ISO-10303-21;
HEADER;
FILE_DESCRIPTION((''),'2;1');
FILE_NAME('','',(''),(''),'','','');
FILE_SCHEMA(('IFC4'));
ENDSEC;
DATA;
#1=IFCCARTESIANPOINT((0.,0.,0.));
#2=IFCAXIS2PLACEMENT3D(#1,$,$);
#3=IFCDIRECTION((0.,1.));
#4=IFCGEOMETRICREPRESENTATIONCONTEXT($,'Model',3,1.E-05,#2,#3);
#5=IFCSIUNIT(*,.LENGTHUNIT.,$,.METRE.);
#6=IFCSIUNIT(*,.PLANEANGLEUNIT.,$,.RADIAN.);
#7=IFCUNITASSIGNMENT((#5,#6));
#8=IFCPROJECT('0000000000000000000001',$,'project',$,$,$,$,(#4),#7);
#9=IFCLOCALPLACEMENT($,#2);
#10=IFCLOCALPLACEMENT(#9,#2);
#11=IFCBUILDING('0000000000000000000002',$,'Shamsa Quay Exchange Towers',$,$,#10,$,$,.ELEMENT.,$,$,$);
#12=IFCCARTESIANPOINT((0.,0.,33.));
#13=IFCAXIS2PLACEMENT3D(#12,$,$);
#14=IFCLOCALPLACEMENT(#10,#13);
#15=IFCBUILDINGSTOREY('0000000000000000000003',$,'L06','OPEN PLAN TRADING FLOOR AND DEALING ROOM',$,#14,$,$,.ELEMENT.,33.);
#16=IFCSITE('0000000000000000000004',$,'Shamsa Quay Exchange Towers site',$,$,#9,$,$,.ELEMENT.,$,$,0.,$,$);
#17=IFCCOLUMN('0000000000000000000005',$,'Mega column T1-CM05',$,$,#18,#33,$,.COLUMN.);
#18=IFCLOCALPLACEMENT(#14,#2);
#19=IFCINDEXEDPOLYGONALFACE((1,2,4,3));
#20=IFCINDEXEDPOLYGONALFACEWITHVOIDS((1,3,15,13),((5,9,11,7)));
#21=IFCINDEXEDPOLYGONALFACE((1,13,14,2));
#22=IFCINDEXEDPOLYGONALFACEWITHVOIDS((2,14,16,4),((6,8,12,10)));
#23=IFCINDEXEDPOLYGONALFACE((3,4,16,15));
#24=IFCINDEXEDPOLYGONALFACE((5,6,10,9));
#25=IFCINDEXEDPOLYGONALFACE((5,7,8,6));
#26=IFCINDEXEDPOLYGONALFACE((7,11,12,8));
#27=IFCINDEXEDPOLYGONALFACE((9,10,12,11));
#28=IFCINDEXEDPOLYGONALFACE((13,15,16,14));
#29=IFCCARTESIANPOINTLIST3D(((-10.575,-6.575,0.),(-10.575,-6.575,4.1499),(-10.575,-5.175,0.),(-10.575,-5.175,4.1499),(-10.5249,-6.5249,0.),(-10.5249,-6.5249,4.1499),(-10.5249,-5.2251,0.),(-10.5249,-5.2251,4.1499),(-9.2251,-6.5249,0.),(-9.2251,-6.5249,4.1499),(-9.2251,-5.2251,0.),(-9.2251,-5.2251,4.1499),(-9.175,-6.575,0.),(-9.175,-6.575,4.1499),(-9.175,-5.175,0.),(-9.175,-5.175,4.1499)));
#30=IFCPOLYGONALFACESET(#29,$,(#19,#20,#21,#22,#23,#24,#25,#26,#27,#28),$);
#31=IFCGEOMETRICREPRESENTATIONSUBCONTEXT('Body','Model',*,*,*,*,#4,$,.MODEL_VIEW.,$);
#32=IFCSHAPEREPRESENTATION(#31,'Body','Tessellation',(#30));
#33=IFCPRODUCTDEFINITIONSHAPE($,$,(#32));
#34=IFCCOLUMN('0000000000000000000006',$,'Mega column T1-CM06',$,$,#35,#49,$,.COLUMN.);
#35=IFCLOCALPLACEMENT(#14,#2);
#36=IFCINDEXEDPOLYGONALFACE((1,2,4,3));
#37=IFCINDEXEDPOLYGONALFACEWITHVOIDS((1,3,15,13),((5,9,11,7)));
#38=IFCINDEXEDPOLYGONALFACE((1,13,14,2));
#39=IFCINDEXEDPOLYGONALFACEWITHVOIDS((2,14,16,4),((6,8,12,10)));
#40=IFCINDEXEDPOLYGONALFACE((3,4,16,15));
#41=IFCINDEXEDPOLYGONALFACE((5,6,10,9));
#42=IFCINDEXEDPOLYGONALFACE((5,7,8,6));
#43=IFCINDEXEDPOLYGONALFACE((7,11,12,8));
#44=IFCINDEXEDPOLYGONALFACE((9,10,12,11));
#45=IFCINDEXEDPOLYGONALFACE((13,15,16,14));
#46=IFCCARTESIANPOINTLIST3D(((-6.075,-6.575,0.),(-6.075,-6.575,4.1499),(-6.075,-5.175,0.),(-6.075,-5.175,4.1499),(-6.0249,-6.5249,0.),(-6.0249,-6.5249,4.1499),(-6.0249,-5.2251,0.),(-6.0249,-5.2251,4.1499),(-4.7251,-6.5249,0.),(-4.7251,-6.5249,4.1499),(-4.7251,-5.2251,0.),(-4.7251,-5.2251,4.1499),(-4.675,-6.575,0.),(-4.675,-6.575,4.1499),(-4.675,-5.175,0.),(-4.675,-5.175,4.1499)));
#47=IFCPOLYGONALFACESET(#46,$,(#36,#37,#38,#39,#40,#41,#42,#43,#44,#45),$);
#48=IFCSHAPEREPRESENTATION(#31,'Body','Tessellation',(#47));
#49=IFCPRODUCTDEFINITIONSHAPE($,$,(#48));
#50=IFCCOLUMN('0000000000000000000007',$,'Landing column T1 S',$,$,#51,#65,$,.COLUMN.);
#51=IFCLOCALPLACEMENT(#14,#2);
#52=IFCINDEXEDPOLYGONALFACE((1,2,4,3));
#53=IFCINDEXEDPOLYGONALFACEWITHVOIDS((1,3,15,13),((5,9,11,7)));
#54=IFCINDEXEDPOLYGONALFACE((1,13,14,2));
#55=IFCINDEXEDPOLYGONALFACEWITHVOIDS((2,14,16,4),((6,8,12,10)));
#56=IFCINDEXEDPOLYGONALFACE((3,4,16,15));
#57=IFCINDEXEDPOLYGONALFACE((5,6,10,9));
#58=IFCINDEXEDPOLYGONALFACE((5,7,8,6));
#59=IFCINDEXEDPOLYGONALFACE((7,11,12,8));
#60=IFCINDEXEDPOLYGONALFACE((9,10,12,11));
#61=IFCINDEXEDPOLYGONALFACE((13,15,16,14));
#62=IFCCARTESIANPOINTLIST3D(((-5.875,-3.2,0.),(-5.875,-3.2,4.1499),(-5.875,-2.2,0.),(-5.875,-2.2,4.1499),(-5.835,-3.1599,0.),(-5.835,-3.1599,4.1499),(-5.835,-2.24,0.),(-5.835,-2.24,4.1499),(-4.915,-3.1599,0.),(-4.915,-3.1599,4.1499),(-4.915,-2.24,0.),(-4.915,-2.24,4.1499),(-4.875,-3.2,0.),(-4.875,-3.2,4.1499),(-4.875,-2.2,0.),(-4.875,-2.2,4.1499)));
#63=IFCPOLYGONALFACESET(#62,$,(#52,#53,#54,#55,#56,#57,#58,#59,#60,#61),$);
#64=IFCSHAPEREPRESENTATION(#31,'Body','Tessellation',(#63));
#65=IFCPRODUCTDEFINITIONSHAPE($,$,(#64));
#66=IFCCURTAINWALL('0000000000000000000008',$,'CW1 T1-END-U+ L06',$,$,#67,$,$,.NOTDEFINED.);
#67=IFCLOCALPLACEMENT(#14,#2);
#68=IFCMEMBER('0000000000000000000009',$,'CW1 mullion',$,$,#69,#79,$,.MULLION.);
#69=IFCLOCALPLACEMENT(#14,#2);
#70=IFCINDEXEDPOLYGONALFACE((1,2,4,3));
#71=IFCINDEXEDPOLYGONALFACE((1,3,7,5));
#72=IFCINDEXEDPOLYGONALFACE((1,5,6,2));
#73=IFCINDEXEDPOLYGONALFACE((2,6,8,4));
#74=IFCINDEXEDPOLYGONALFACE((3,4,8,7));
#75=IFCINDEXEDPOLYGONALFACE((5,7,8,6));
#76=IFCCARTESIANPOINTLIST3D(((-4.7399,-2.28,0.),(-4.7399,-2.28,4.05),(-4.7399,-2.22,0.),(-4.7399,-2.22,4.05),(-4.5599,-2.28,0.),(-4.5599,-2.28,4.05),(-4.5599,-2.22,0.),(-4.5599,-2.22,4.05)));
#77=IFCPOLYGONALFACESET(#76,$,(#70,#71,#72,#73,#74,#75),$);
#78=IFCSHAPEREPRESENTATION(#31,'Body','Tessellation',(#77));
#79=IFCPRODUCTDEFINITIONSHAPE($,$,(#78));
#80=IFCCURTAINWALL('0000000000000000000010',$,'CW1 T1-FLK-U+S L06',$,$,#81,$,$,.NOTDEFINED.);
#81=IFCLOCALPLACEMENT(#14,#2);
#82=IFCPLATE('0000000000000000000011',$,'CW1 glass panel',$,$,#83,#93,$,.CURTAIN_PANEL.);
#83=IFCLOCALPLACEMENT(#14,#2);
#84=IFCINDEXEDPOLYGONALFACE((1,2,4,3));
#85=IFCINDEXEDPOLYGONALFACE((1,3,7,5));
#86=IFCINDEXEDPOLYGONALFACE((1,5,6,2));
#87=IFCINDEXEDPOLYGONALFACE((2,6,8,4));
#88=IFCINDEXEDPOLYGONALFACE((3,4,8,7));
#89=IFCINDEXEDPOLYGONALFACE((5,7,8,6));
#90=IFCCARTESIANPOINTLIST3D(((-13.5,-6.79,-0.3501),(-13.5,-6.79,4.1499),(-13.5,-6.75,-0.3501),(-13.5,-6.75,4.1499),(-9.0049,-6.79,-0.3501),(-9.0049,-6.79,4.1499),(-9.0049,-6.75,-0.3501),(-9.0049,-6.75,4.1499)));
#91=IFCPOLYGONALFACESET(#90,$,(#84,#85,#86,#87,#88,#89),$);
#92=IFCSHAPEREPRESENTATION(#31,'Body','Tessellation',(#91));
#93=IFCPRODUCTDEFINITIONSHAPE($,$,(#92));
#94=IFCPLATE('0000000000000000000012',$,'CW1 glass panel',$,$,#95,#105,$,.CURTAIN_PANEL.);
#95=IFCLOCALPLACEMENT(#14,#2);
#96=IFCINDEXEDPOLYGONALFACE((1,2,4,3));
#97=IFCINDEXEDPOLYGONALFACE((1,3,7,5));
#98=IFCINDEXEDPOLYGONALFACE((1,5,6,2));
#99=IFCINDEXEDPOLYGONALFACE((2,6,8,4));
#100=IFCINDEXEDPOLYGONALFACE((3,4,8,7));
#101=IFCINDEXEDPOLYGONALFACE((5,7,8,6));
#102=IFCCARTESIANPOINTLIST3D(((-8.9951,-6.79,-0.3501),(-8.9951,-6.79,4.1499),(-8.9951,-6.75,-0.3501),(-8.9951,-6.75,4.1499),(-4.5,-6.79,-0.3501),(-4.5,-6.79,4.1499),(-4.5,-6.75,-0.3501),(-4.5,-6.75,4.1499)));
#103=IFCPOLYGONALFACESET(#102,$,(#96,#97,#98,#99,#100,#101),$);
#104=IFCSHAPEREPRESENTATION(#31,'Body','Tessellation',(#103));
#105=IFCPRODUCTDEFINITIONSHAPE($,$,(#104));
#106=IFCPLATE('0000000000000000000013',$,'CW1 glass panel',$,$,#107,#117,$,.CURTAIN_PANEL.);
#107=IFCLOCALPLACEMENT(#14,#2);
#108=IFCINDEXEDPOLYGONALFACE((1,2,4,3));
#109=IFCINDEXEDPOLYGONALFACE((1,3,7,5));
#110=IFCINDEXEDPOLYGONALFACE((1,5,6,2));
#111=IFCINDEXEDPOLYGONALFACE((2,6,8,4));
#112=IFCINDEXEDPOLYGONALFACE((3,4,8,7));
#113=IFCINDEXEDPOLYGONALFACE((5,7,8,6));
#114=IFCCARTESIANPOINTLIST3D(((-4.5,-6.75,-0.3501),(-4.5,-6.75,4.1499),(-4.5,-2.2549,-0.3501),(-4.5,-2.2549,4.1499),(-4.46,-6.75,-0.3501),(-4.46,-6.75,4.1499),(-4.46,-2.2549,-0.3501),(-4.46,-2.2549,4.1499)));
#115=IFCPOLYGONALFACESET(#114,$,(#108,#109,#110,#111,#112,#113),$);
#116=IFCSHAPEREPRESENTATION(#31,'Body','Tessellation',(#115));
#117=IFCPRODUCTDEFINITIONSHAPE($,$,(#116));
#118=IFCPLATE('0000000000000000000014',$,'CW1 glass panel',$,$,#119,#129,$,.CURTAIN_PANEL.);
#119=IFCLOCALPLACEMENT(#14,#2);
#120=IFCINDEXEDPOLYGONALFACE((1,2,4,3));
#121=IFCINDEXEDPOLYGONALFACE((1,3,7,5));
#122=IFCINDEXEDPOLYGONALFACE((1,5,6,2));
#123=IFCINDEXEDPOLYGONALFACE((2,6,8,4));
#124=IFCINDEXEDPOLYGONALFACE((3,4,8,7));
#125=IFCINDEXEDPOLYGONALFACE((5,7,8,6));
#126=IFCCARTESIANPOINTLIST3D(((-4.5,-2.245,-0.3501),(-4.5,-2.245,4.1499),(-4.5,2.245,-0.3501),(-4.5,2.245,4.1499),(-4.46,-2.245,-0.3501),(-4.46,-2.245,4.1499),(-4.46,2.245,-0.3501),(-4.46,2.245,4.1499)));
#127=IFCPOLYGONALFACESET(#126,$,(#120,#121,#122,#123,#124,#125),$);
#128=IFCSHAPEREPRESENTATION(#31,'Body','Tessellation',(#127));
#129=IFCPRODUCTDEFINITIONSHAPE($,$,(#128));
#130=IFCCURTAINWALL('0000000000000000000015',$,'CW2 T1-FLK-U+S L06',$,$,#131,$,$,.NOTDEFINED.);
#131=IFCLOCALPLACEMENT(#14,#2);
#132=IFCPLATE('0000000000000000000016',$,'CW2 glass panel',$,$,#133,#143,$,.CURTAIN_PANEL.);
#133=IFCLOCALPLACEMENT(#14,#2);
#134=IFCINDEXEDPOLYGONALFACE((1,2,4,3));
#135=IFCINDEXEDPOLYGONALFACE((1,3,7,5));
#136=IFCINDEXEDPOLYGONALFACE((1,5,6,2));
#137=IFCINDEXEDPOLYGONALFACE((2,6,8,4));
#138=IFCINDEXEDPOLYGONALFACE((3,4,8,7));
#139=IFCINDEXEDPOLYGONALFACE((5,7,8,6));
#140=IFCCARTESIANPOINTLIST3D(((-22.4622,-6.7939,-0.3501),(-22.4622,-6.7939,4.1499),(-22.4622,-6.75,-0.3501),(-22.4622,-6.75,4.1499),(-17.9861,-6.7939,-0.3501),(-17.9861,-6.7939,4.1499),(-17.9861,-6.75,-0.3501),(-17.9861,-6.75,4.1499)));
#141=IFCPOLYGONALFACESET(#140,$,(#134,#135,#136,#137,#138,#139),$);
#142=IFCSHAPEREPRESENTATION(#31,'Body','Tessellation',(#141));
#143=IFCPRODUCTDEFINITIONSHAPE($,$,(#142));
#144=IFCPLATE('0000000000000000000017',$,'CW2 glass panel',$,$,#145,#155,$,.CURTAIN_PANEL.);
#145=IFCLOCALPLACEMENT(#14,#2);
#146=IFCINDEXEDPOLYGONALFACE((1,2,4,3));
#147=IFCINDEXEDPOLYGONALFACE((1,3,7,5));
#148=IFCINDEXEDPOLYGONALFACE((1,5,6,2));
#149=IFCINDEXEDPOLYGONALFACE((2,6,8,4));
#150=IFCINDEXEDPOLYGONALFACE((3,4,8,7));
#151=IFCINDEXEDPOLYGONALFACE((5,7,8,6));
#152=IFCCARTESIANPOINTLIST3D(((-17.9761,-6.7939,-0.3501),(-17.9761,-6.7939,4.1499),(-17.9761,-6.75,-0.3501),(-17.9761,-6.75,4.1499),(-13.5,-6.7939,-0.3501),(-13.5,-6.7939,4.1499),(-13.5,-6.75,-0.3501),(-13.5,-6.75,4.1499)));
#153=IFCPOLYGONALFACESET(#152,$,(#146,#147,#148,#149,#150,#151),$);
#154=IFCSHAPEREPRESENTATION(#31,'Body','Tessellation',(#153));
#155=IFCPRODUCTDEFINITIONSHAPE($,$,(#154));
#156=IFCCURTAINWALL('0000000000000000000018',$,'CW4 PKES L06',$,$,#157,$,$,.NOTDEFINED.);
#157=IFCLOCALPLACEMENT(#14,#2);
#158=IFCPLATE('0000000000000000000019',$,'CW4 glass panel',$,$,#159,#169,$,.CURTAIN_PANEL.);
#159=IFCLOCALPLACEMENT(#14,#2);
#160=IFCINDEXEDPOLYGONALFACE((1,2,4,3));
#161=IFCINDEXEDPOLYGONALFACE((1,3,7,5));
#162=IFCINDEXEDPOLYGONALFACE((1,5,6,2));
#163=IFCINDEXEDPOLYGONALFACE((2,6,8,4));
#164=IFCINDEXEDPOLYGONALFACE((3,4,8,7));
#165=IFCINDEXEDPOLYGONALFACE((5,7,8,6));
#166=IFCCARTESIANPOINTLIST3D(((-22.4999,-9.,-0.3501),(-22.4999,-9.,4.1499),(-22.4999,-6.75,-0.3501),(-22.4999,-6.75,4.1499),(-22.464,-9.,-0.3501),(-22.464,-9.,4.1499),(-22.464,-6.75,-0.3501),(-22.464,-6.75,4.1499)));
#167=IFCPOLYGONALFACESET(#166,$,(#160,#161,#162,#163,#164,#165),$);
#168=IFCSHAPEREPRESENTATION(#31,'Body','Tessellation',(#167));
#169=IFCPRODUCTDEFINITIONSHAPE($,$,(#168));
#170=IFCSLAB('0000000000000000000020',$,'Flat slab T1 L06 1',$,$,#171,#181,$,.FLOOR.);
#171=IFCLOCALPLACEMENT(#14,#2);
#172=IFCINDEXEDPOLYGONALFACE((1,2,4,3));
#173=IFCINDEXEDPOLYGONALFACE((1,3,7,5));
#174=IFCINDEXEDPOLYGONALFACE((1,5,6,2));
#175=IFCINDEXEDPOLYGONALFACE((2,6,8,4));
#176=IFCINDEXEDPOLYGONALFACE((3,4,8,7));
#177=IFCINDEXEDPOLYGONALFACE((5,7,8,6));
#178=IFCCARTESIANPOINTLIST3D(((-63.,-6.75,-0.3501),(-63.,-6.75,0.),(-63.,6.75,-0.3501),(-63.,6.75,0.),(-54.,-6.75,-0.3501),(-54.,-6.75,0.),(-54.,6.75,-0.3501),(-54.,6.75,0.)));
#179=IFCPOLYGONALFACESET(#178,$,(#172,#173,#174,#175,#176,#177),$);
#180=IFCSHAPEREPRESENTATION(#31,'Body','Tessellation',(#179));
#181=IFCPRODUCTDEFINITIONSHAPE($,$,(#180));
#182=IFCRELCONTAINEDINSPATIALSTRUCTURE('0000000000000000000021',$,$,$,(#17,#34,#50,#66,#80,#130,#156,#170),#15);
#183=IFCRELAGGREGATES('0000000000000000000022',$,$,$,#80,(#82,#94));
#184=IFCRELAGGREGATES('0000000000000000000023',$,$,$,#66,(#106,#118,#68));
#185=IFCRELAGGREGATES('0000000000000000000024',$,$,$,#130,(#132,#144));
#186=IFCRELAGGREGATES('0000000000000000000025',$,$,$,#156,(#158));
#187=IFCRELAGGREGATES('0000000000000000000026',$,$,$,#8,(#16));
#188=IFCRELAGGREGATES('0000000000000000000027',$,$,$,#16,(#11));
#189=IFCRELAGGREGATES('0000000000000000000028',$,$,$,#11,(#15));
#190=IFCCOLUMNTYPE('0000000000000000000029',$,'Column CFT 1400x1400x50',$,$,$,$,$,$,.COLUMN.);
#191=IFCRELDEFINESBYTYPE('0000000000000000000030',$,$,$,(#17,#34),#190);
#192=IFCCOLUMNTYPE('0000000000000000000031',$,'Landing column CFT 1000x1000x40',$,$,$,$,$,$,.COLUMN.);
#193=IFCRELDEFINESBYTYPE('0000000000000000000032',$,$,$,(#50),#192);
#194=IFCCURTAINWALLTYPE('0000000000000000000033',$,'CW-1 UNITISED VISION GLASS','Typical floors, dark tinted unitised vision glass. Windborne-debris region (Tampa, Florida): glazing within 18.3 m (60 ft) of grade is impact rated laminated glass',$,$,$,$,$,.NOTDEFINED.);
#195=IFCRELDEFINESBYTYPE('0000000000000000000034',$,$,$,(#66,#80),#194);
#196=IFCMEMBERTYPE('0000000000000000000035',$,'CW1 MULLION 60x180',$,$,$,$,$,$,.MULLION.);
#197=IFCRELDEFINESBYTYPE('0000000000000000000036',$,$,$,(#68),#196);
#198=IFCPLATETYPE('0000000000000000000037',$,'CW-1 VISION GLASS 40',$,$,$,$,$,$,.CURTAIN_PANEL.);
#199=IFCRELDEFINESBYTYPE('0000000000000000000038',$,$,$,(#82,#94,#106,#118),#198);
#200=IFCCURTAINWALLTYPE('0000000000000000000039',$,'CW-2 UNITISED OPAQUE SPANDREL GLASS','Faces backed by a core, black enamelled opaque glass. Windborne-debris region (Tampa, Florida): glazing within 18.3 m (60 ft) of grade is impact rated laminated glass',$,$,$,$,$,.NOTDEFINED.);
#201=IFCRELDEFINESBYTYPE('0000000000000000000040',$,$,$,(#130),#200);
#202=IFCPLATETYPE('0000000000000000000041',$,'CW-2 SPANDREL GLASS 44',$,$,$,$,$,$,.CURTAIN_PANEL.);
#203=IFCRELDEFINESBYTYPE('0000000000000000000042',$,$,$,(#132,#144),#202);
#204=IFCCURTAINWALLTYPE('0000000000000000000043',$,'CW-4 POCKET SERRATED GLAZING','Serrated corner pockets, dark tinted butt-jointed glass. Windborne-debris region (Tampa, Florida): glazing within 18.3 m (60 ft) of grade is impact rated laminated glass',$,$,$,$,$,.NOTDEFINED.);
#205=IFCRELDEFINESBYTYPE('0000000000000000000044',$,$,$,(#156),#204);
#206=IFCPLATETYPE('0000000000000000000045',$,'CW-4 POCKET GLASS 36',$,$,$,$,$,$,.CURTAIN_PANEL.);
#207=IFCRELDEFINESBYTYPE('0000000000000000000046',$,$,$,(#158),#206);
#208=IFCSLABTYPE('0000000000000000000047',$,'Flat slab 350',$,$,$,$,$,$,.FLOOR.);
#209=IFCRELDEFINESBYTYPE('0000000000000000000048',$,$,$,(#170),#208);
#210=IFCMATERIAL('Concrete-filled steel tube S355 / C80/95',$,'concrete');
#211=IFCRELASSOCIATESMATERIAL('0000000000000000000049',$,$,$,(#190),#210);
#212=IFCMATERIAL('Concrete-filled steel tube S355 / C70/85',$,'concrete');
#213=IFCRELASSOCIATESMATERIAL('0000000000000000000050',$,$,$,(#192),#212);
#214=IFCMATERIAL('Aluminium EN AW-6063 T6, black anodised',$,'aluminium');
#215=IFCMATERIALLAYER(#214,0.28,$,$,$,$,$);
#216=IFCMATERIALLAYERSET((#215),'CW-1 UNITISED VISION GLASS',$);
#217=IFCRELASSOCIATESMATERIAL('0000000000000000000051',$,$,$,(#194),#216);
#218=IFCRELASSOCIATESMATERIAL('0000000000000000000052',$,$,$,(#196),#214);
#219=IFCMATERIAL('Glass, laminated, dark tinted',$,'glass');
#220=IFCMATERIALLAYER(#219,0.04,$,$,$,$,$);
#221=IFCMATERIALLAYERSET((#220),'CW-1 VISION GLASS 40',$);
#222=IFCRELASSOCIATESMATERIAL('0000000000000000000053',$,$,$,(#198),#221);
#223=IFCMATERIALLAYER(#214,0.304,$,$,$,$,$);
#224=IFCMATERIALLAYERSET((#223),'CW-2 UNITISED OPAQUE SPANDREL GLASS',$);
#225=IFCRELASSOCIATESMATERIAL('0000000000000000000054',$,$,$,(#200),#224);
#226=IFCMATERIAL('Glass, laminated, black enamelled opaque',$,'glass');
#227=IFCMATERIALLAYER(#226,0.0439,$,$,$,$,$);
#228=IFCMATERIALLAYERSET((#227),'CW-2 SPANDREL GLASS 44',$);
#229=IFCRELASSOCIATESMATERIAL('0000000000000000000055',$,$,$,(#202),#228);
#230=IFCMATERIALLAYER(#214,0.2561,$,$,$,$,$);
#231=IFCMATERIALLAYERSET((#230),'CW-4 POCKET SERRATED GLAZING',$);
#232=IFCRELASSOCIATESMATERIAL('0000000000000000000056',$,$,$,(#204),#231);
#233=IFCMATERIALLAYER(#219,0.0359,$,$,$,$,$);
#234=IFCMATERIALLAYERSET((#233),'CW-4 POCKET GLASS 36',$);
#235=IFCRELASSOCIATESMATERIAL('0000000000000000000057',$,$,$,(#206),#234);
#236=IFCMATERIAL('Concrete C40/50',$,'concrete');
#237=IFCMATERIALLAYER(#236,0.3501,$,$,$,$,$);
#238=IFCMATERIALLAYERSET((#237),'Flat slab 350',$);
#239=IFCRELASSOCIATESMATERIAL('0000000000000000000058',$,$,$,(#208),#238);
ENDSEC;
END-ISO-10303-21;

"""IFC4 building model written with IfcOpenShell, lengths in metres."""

from ifc_helpers import new_model, si_unit, direction, frame, origin, origin_2d, place, context, subcontext, project, spatial, polyline, rectangle, hollow_rectangle, outline, extrude, material, layer, layer_set, material_profile, profile_set, type_object, element, aggregate, save


model = new_model("IFC4")

# Units and contexts
model_context = context("Model", 3, precision=1e-05, world=origin(), true_north=direction((0.0, 1.0)))
body_context = subcontext(model_context, "Body", "Model", "MODEL_VIEW")
ifc_project = project(units=[si_unit("LENGTHUNIT", "METRE"), si_unit("PLANEANGLEUNIT", "RADIAN")], contexts=[model_context])

# Site, building, storey
site_placement = place(None, origin())
site = spatial("IfcSite", under=ifc_project, at=site_placement, Name="Shamsa Quay Exchange Towers site", CompositionType="ELEMENT", RefElevation=0.0)
building_placement = place(site_placement, origin())
building = spatial("IfcBuilding", under=site, at=building_placement, Name="Shamsa Quay Exchange Towers", CompositionType="ELEMENT")
storey_placement = place(building_placement, frame((0.0, 0.0, 33.0)))
storey = spatial("IfcBuildingStorey", under=building, at=storey_placement, Name="L06", Description="OPEN PLAN TRADING FLOOR AND DEALING ROOM", CompositionType="ELEMENT", Elevation=33.0)

# Columns
ifc_material_1 = material(Name="Concrete-filled steel tube S355 / C80/95", Category="concrete")
ifc_material_profile_1 = material_profile(ifc_material_1, hollow_rectangle(XDim=1.3999, YDim=1.3999, WallThickness=0.05, at=origin_2d()), Name="CFT 1400x1400x50")
ifc_profile_set_1 = profile_set([ifc_material_profile_1], Name="Concrete-filled steel tube S355 / C80/95")
column_type_1 = type_object("IfcColumnType", Name="Column CFT 1400x1400x50", PredefinedType="COLUMN", material=ifc_profile_set_1)
for number, where, name in (
    (1, (-9.875, -5.875, 0.0), "Mega column T1-CM05"),
    (2, (-5.375, -5.875, 0.0), "Mega column T1-CM06"),
):
    element("IfcColumn", number, at=place(storey_placement, frame(where)), inside=storey, type_object=column_type_1, Name=name, PredefinedType="COLUMN", context=body_context, shape_type="SweptSolid", body=[
        extrude(hollow_rectangle(XDim=1.3999, YDim=1.3999, WallThickness=0.05, at=origin_2d()), origin(), (0.0, 0.0, 1.0), 4.1499),
    ])
ifc_material_2 = material(Name="Concrete-filled steel tube S355 / C70/85", Category="concrete")
ifc_material_profile_2 = material_profile(ifc_material_2, hollow_rectangle(XDim=1.0, YDim=1.0, WallThickness=0.04, at=origin_2d()), Name="CFT 1000x1000x40")
ifc_profile_set_2 = profile_set([ifc_material_profile_2], Name="Concrete-filled steel tube S355 / C70/85")
column_type_2 = type_object("IfcColumnType", Name="Landing column CFT 1000x1000x40", PredefinedType="COLUMN", material=ifc_profile_set_2)
column_placement = place(storey_placement, frame((-5.375, -2.7, 0.0)))
element("IfcColumn", 3, at=column_placement, inside=storey, type_object=column_type_2, Name="Landing column T1 S", PredefinedType="COLUMN", context=body_context, shape_type="SweptSolid", body=[
    extrude(hollow_rectangle(XDim=1.0, YDim=1.0, WallThickness=0.04, at=origin_2d()), origin(), (0.0, 0.0, 1.0), 4.1499),
])

# Curtain wall, member
ifc_material_3 = material(Name="Aluminium EN AW-6063 T6, black anodised", Category="aluminium")
ifc_layer_1 = layer(ifc_material_3, 0.28)
ifc_layer_set_1 = layer_set([ifc_layer_1], Name="CW-1 UNITISED VISION GLASS")
curtain_wall_type_1 = type_object("IfcCurtainWallType", Name="CW-1 UNITISED VISION GLASS", Description="Typical floors, dark tinted unitised vision glass. Windborne-debris region (Tampa, Florida): glazing within 18.3 m (60 ft) of grade is impact rated laminated glass", PredefinedType="NOTDEFINED", material=ifc_layer_set_1)
curtain_wall_1_placement = place(storey_placement, origin())
curtain_wall_1 = element("IfcCurtainWall", 4, at=curtain_wall_1_placement, inside=storey, type_object=curtain_wall_type_1, Name="CW1 T1-END-U+ L06", PredefinedType="NOTDEFINED")
ifc_material_profile_3 = material_profile(ifc_material_3, rectangle(XDim=0.1799, YDim=0.0601, at=origin_2d()), Name="MU60x180")
ifc_profile_set_3 = profile_set([ifc_material_profile_3], Name="Aluminium EN AW-6063 T6, black anodised")
member_type = type_object("IfcMemberType", Name="CW1 MULLION 60x180", PredefinedType="MULLION", material=ifc_profile_set_3)
member_placement = place(storey_placement, frame((-4.6499, -2.25, 0.0), z_axis=(0.0, 0.0, 1.0), x_axis=(-1.0, 0.0, 0.0)))
member = element("IfcMember", 5, at=member_placement, type_object=member_type, Name="CW1 mullion", PredefinedType="MULLION", context=body_context, shape_type="SweptSolid", body=[
    extrude(rectangle(XDim=0.1799, YDim=0.0601, at=origin_2d()), origin(), (0.0, 0.0, 1.0), 4.05),
])

# Curtain wall, plates
curtain_wall_2_placement = place(storey_placement, origin())
curtain_wall_2 = element("IfcCurtainWall", 6, at=curtain_wall_2_placement, inside=storey, type_object=curtain_wall_type_1, Name="CW1 T1-FLK-U+S L06", PredefinedType="NOTDEFINED")
ifc_material_4 = material(Name="Glass, laminated, dark tinted", Category="glass")
ifc_layer_2 = layer(ifc_material_4, 0.04)
ifc_layer_set_2 = layer_set([ifc_layer_2], Name="CW-1 VISION GLASS 40")
plate_type_1 = type_object("IfcPlateType", Name="CW-1 VISION GLASS 40", PredefinedType="CURTAIN_PANEL", material=ifc_layer_set_2)
plate_1_placement = place(storey_placement, frame((-11.2524, -6.77, -0.3501)))
plate_1 = element("IfcPlate", 7, at=plate_1_placement, type_object=plate_type_1, Name="CW1 glass panel", PredefinedType="CURTAIN_PANEL", context=body_context, shape_type="SweptSolid", body=[
    extrude(rectangle(XDim=4.4951, YDim=0.04, at=origin_2d()), origin(), (0.0, 0.0, 1.0), 4.5),
])
plate_2_placement = place(storey_placement, frame((-6.7476, -6.77, -0.3501)))
plate_2 = element("IfcPlate", 8, at=plate_2_placement, type_object=plate_type_1, Name="CW1 glass panel", PredefinedType="CURTAIN_PANEL", context=body_context, shape_type="SweptSolid", body=[
    extrude(rectangle(XDim=4.4951, YDim=0.04, at=origin_2d()), origin(), (0.0, 0.0, 1.0), 4.5),
])
aggregate(curtain_wall_2, [plate_1, plate_2])

# Plates
plate_3_placement = place(storey_placement, frame((-4.48, -4.5024, -0.3501), z_axis=(0.0, 0.0, 1.0), x_axis=(0.0, 1.0, 0.0)))
plate_3 = element("IfcPlate", 9, at=plate_3_placement, type_object=plate_type_1, Name="CW1 glass panel", PredefinedType="CURTAIN_PANEL", context=body_context, shape_type="SweptSolid", body=[
    extrude(rectangle(XDim=4.4951, YDim=0.04, at=origin_2d()), origin(), (0.0, 0.0, 1.0), 4.5),
])
plate_4_placement = place(storey_placement, frame((-4.48, 0.0, -0.3501), z_axis=(0.0, 0.0, 1.0), x_axis=(0.0, 1.0, 0.0)))
plate_4 = element("IfcPlate", 10, at=plate_4_placement, type_object=plate_type_1, Name="CW1 glass panel", PredefinedType="CURTAIN_PANEL", context=body_context, shape_type="SweptSolid", body=[
    extrude(rectangle(XDim=4.49, YDim=0.04, at=origin_2d()), origin(), (0.0, 0.0, 1.0), 4.5),
])
aggregate(curtain_wall_1, [plate_3, plate_4, member])

# Curtain wall, plates
ifc_layer_3 = layer(ifc_material_3, 0.304)
ifc_layer_set_3 = layer_set([ifc_layer_3], Name="CW-2 UNITISED OPAQUE SPANDREL GLASS")
curtain_wall_type_2 = type_object("IfcCurtainWallType", Name="CW-2 UNITISED OPAQUE SPANDREL GLASS", Description="Faces backed by a core, black enamelled opaque glass. Windborne-debris region (Tampa, Florida): glazing within 18.3 m (60 ft) of grade is impact rated laminated glass", PredefinedType="NOTDEFINED", material=ifc_layer_set_3)
curtain_wall_3_placement = place(storey_placement, origin())
curtain_wall_3 = element("IfcCurtainWall", 11, at=curtain_wall_3_placement, inside=storey, type_object=curtain_wall_type_2, Name="CW2 T1-FLK-U+S L06", PredefinedType="NOTDEFINED")
ifc_material_5 = material(Name="Glass, laminated, black enamelled opaque", Category="glass")
ifc_layer_4 = layer(ifc_material_5, 0.0439)
ifc_layer_set_4 = layer_set([ifc_layer_4], Name="CW-2 SPANDREL GLASS 44")
plate_type_2 = type_object("IfcPlateType", Name="CW-2 SPANDREL GLASS 44", PredefinedType="CURTAIN_PANEL", material=ifc_layer_set_4)
plate_5_placement = place(storey_placement, frame((-20.2241, -6.772, -0.3501)))
plate_5 = element("IfcPlate", 12, at=plate_5_placement, type_object=plate_type_2, Name="CW2 glass panel", PredefinedType="CURTAIN_PANEL", context=body_context, shape_type="SweptSolid", body=[
    extrude(rectangle(XDim=4.4761, YDim=0.0439, at=origin_2d()), origin(), (0.0, 0.0, 1.0), 4.5),
])
plate_6_placement = place(storey_placement, frame((-15.738, -6.772, -0.3501)))
plate_6 = element("IfcPlate", 13, at=plate_6_placement, type_object=plate_type_2, Name="CW2 glass panel", PredefinedType="CURTAIN_PANEL", context=body_context, shape_type="SweptSolid", body=[
    extrude(rectangle(XDim=4.4761, YDim=0.0439, at=origin_2d()), origin(), (0.0, 0.0, 1.0), 4.5),
])
aggregate(curtain_wall_3, [plate_5, plate_6])

# Curtain wall, plate
ifc_layer_5 = layer(ifc_material_3, 0.2561)
ifc_layer_set_5 = layer_set([ifc_layer_5], Name="CW-4 POCKET SERRATED GLAZING")
curtain_wall_type_3 = type_object("IfcCurtainWallType", Name="CW-4 POCKET SERRATED GLAZING", Description="Serrated corner pockets, dark tinted butt-jointed glass. Windborne-debris region (Tampa, Florida): glazing within 18.3 m (60 ft) of grade is impact rated laminated glass", PredefinedType="NOTDEFINED", material=ifc_layer_set_5)
curtain_wall_4_placement = place(storey_placement, origin())
curtain_wall_4 = element("IfcCurtainWall", 14, at=curtain_wall_4_placement, inside=storey, type_object=curtain_wall_type_3, Name="CW4 PKES L06", PredefinedType="NOTDEFINED")
ifc_layer_6 = layer(ifc_material_4, 0.0359)
ifc_layer_set_6 = layer_set([ifc_layer_6], Name="CW-4 POCKET GLASS 36")
plate_type_3 = type_object("IfcPlateType", Name="CW-4 POCKET GLASS 36", PredefinedType="CURTAIN_PANEL", material=ifc_layer_set_6)
plate_7_placement = place(storey_placement, frame((-22.4819, -7.875, -0.3501), z_axis=(0.0, 0.0, 1.0), x_axis=(0.0, 1.0, 0.0)))
plate_7 = element("IfcPlate", 15, at=plate_7_placement, type_object=plate_type_3, Name="CW4 glass panel", PredefinedType="CURTAIN_PANEL", context=body_context, shape_type="SweptSolid", body=[
    extrude(rectangle(XDim=2.25, YDim=0.0359, at=origin_2d()), origin(), (0.0, 0.0, 1.0), 4.5),
])
aggregate(curtain_wall_4, [plate_7])

# Slab
ifc_material_6 = material(Name="Concrete C40/50", Category="concrete")
ifc_layer_7 = layer(ifc_material_6, 0.3501)
ifc_layer_set_7 = layer_set([ifc_layer_7], Name="Flat slab 350")
slab_type = type_object("IfcSlabType", Name="Flat slab 350", PredefinedType="FLOOR", material=ifc_layer_set_7)
slab_1_placement = place(storey_placement, frame((0.0, 0.0, -0.3501)))
element("IfcSlab", 16, at=slab_1_placement, inside=storey, type_object=slab_type, Name="Flat slab T1 L06 1", PredefinedType="FLOOR", context=body_context, shape_type="SweptSolid", body=[
    extrude(outline(polyline([(-63.0, -6.75), (-54.0, -6.75), (-54.0, 6.75), (-63.0, 6.75), (-63.0, -6.75)])), origin(), (0.0, 0.0, 1.0), 0.3501),
])

save(model, "model.ifc")
